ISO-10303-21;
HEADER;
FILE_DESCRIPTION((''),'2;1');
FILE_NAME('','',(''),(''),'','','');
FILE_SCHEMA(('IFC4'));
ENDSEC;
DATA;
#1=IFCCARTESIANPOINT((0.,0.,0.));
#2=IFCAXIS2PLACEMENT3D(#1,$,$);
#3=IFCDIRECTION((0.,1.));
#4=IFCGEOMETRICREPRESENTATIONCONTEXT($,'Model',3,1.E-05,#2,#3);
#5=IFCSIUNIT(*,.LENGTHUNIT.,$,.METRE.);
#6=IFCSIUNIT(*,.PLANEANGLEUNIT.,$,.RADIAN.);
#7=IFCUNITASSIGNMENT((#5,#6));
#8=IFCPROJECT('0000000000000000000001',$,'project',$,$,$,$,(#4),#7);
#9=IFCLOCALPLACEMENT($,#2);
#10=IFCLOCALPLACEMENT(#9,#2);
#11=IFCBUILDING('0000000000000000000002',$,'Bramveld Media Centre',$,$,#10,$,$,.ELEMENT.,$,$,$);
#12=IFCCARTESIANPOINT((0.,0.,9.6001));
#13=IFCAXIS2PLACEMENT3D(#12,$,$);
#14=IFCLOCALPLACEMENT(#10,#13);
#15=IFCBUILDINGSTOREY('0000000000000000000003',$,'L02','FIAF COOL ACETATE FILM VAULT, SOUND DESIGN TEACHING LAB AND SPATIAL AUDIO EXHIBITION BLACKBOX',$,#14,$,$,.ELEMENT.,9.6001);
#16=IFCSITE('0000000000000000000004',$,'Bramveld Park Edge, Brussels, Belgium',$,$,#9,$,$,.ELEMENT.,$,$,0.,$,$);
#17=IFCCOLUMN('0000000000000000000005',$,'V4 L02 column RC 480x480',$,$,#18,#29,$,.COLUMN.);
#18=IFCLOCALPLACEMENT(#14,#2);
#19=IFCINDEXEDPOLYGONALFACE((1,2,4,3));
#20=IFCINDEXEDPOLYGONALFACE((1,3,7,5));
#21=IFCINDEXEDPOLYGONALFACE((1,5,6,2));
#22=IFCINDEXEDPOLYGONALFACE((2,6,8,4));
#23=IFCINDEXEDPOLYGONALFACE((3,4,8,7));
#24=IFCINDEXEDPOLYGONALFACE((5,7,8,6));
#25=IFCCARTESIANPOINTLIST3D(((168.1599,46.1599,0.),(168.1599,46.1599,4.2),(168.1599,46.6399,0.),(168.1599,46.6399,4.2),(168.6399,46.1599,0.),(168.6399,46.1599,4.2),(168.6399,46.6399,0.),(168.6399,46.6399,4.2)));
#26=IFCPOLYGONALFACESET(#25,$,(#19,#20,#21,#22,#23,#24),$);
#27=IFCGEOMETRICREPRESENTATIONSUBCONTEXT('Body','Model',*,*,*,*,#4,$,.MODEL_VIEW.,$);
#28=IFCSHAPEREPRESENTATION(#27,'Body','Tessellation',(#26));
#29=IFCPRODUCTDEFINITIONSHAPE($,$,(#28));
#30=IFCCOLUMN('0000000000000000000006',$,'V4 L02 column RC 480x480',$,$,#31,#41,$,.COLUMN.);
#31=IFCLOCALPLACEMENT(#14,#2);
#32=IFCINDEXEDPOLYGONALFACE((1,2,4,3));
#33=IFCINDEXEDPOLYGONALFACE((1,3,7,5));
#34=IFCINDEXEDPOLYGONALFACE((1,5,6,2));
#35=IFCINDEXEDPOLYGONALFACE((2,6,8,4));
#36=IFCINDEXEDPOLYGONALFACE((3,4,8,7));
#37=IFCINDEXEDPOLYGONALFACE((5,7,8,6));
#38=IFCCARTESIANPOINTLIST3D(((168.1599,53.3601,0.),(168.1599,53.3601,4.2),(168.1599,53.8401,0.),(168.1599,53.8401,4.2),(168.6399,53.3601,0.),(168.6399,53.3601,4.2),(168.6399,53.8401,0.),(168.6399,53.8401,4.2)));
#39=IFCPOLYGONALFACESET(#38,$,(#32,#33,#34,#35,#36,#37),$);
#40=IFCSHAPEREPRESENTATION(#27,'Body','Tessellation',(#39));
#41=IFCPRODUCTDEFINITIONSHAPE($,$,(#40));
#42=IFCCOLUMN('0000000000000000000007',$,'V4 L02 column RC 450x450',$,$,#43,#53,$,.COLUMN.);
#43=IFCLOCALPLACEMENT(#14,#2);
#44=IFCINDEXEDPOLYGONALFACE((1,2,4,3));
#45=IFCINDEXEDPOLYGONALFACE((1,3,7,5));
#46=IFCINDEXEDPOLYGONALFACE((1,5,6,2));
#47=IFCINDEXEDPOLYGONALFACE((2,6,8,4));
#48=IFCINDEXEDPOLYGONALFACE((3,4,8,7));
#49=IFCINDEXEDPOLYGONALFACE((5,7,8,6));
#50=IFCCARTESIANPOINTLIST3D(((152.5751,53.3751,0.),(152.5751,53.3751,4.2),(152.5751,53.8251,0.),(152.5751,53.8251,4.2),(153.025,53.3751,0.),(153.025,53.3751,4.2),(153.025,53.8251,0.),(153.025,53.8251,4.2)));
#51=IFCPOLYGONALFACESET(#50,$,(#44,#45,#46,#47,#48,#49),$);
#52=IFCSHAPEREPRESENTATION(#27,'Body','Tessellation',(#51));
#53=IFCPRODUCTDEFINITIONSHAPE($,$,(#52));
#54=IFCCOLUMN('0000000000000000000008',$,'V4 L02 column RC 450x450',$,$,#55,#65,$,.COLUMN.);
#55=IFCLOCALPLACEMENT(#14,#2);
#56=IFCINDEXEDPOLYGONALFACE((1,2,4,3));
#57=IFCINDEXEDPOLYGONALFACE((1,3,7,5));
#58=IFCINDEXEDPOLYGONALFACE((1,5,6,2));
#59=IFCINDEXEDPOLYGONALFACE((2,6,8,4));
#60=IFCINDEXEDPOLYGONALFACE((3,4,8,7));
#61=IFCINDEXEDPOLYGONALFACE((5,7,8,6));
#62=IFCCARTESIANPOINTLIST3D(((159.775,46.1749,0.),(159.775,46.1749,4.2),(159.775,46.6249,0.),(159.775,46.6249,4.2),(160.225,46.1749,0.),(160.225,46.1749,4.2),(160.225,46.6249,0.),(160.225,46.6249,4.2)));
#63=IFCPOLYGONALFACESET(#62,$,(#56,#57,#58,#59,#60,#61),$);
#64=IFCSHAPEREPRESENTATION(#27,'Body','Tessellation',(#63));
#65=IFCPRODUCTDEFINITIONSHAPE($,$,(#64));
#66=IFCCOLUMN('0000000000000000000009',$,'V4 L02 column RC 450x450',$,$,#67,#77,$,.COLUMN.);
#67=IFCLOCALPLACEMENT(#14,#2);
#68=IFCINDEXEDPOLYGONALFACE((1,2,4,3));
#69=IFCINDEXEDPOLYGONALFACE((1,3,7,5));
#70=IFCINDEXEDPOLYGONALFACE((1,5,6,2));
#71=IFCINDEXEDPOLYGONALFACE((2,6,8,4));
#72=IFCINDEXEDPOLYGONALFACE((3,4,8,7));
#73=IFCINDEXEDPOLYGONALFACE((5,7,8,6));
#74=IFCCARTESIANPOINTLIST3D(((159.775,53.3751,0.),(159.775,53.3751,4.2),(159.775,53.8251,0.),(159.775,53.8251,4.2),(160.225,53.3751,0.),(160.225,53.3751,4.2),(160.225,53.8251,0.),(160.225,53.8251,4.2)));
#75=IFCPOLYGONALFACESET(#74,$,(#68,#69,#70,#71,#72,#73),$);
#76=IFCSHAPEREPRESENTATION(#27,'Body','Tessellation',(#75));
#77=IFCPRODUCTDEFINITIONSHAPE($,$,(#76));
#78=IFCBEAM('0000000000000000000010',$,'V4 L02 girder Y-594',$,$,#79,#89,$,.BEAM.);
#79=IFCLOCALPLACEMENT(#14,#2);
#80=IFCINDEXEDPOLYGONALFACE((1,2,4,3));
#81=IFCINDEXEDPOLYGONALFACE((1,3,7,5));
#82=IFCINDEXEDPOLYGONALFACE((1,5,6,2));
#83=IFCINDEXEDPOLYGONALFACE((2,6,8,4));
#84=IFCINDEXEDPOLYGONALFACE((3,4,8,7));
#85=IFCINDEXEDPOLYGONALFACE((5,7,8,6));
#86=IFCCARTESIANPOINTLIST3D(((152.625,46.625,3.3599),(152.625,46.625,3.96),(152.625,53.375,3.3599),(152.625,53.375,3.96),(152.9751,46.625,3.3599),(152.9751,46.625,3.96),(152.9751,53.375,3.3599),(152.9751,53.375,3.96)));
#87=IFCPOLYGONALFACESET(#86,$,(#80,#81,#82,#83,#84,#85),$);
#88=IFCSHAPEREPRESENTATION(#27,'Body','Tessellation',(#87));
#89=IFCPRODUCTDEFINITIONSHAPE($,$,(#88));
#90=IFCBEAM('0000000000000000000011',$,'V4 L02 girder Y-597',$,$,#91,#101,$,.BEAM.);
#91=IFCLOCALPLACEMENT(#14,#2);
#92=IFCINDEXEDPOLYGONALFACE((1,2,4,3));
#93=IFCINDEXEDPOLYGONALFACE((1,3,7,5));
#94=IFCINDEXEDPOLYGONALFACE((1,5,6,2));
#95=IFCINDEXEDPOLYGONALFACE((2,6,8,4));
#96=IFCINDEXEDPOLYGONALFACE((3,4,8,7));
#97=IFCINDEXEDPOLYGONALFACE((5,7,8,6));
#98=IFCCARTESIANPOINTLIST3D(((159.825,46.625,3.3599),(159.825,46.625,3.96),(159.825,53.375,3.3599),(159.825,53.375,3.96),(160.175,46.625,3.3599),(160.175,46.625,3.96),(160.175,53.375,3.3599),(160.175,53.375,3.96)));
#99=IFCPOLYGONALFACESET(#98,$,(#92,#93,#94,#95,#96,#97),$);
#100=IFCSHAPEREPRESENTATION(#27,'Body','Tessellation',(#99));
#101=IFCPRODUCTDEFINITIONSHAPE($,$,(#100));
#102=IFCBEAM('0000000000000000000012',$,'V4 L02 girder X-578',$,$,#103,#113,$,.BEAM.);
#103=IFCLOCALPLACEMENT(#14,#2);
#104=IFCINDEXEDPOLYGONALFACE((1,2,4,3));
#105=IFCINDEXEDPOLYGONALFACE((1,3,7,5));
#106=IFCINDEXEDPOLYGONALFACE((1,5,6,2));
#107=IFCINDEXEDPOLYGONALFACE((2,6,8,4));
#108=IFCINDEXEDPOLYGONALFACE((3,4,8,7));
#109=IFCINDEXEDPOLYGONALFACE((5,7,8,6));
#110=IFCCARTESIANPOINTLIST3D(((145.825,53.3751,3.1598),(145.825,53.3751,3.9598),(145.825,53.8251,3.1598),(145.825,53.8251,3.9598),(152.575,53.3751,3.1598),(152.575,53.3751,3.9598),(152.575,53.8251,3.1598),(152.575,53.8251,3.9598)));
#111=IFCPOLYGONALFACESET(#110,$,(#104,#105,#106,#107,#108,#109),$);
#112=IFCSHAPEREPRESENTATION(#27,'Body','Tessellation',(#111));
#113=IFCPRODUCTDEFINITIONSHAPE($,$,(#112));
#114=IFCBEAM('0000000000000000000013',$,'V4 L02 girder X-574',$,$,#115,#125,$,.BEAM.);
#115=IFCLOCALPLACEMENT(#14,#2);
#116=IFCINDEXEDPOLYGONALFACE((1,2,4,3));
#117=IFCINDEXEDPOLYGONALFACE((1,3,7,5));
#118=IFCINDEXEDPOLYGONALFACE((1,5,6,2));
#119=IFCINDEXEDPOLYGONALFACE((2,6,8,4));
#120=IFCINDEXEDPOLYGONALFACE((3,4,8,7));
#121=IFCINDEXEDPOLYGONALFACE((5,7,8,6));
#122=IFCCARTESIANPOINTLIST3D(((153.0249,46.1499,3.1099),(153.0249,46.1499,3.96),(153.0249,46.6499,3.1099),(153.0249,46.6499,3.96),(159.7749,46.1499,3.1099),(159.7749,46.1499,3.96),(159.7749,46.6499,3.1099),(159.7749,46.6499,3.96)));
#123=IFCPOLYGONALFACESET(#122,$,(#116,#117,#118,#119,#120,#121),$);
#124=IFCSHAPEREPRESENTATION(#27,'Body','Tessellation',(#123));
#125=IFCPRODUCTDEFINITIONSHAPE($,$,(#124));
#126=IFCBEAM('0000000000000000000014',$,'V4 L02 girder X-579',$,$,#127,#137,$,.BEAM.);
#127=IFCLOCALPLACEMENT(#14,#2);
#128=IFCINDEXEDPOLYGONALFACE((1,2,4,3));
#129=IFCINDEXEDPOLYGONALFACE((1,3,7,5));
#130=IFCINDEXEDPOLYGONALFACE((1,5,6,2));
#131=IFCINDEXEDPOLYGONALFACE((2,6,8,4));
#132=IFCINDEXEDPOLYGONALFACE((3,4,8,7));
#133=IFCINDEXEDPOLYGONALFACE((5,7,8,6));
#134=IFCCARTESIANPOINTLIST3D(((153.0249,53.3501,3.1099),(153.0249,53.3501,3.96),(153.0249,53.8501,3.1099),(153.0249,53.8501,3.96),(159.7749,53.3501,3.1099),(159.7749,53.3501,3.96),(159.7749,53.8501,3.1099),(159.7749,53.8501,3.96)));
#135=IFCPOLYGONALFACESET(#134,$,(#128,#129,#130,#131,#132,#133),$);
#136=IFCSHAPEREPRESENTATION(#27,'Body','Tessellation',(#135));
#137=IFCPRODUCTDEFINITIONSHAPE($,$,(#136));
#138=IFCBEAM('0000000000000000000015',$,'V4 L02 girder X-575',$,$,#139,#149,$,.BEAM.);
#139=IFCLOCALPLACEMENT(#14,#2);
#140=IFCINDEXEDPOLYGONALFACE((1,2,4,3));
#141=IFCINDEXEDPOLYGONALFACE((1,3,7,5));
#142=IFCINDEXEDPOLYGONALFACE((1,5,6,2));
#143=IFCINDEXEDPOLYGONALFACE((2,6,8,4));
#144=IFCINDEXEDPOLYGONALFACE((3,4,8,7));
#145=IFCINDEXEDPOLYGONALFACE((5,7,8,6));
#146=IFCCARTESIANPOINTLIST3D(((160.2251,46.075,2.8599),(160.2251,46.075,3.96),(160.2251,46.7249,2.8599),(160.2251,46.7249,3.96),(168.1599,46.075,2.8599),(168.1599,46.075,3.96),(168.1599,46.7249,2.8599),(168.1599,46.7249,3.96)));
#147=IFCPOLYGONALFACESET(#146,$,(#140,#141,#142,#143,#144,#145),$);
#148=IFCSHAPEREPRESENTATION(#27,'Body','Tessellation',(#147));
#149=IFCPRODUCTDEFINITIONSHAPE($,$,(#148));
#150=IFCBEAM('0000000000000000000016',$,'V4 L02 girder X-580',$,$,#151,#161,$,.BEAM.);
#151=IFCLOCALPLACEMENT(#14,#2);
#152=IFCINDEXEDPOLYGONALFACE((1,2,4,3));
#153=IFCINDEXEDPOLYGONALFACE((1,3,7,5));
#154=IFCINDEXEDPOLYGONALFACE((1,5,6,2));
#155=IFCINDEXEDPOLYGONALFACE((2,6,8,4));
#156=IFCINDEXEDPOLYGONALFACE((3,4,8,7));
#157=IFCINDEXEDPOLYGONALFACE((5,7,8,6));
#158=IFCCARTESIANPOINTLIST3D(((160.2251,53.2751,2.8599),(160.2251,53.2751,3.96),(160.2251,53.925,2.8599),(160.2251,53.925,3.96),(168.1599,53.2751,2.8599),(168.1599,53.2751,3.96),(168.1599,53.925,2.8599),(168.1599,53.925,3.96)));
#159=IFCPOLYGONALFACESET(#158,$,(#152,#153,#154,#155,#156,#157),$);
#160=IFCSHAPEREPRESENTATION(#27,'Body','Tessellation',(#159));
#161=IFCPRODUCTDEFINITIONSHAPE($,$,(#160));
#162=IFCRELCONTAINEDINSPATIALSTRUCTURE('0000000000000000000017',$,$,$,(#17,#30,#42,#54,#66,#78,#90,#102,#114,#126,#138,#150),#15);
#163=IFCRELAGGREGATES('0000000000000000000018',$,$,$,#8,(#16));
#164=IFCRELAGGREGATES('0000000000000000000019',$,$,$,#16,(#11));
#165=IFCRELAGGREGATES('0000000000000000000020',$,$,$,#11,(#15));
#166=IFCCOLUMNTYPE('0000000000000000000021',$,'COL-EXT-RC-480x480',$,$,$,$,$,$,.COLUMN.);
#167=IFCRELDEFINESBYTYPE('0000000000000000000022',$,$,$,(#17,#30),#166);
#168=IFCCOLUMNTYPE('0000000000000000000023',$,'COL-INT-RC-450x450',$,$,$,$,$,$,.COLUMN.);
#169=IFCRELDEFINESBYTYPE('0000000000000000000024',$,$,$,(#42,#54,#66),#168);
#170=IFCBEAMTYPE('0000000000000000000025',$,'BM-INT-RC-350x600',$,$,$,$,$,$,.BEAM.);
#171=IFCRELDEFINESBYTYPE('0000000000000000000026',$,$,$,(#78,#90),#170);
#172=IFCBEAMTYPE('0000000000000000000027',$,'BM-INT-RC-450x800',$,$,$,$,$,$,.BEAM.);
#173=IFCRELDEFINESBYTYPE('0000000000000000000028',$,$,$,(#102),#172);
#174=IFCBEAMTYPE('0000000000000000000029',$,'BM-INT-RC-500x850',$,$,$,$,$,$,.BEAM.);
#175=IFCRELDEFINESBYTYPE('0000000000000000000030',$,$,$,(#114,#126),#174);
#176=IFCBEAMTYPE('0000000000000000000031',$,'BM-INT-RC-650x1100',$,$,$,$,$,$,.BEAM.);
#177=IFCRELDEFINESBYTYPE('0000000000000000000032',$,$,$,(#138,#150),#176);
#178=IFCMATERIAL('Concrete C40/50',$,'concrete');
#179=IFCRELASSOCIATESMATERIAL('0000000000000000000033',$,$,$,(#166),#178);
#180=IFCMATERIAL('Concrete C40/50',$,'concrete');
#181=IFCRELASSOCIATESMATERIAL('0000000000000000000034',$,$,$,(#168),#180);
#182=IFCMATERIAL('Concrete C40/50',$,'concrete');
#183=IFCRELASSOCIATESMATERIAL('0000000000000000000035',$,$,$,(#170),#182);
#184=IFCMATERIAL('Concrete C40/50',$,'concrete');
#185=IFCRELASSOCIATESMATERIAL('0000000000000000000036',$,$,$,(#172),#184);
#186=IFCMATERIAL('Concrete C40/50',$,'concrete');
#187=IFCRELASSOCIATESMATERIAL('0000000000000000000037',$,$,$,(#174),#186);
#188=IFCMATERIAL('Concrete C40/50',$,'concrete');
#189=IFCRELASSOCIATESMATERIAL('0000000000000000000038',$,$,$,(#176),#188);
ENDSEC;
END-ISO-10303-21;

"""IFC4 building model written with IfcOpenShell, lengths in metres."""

from ifc_helpers import new_model, si_unit, direction, frame, origin, origin_2d, place, context, subcontext, project, spatial, rectangle, extrude, material, material_profile, profile_set, type_object, element, save


model = new_model("IFC4")

# Units and contexts
model_context = context("Model", 3, precision=1e-05, world=origin(), true_north=direction((0.0, 1.0)))
body_context = subcontext(model_context, "Body", "Model", "MODEL_VIEW")
ifc_project = project(units=[si_unit("LENGTHUNIT", "METRE"), si_unit("PLANEANGLEUNIT", "RADIAN")], contexts=[model_context])

# Site, building, storey
site_placement = place(None, origin())
site = spatial("IfcSite", under=ifc_project, at=site_placement, Name="Bramveld Park Edge, Brussels, Belgium", CompositionType="ELEMENT", RefElevation=0.0)
building_placement = place(site_placement, origin())
building = spatial("IfcBuilding", under=site, at=building_placement, Name="Bramveld Media Centre", CompositionType="ELEMENT")
storey_placement = place(building_placement, frame((0.0, 0.0, 9.6001)))
storey = spatial("IfcBuildingStorey", under=building, at=storey_placement, Name="L02", Description="FIAF COOL ACETATE FILM VAULT, SOUND DESIGN TEACHING LAB AND SPATIAL AUDIO EXHIBITION BLACKBOX", CompositionType="ELEMENT", Elevation=9.6001)

# Columns
ifc_material_1 = material(Name="Concrete C40/50", Category="concrete")
ifc_material_profile_1 = material_profile(ifc_material_1, rectangle(XDim=0.48, YDim=0.48, at=origin_2d()), Name="RC 480x480")
ifc_profile_set_1 = profile_set([ifc_material_profile_1], Name="Concrete C40/50")
column_type_1 = type_object("IfcColumnType", Name="COL-EXT-RC-480x480", PredefinedType="COLUMN", material=ifc_profile_set_1)
for number, where, z_axis, x_axis, name in (
    (1, (168.3999, 46.3999, 0.0), (0.0, 0.0, 1.0), (1.0, 0.0, 0.0), "V4 L02 column RC 480x480"),
    (2, (168.3999, 53.6001, 0.0), (0.0, 0.0, 1.0), (1.0, 0.0, 0.0), "V4 L02 column RC 480x480"),
):
    element("IfcColumn", number, at=place(storey_placement, frame(where, z_axis=z_axis, x_axis=x_axis)), inside=storey, type_object=column_type_1, Name=name, PredefinedType="COLUMN", context=body_context, shape_type="SweptSolid", body=[
        extrude(rectangle(XDim=0.48, YDim=0.48, at=origin_2d()), origin(), (0.0, 0.0, 1.0), 4.2),
    ])
ifc_material_2 = material(Name="Concrete C40/50", Category="concrete")
ifc_material_profile_2 = material_profile(ifc_material_2, rectangle(XDim=0.45, YDim=0.45, at=origin_2d()), Name="RC 450x450")
ifc_profile_set_2 = profile_set([ifc_material_profile_2], Name="Concrete C40/50")
column_type_2 = type_object("IfcColumnType", Name="COL-INT-RC-450x450", PredefinedType="COLUMN", material=ifc_profile_set_2)
for number, where, z_axis, x_axis, name in (
    (3, (152.8, 53.6001, 0.0), (0.0, 0.0, 1.0), (1.0, 0.0, 0.0), "V4 L02 column RC 450x450"),
    (4, (160.0, 46.3999, 0.0), (0.0, 0.0, 1.0), (1.0, 0.0, 0.0), "V4 L02 column RC 450x450"),
    (5, (160.0, 53.6001, 0.0), (0.0, 0.0, 1.0), (1.0, 0.0, 0.0), "V4 L02 column RC 450x450"),
):
    element("IfcColumn", number, at=place(storey_placement, frame(where, z_axis=z_axis, x_axis=x_axis)), inside=storey, type_object=column_type_2, Name=name, PredefinedType="COLUMN", context=body_context, shape_type="SweptSolid", body=[
        extrude(rectangle(XDim=0.45, YDim=0.45, at=origin_2d()), origin(), (0.0, 0.0, 1.0), 4.2),
    ])

# Beams
ifc_material_3 = material(Name="Concrete C40/50", Category="concrete")
ifc_material_profile_3 = material_profile(ifc_material_3, rectangle(XDim=0.3501, YDim=0.6001, at=origin_2d()), Name="RC 350x600")
ifc_profile_set_3 = profile_set([ifc_material_profile_3], Name="Concrete C40/50")
beam_type_1 = type_object("IfcBeamType", Name="BM-INT-RC-350x600", PredefinedType="BEAM", material=ifc_profile_set_3)
for number, where, z_axis, x_axis, name in (
    (6, (152.8, 46.625, 3.6599), (0.0, 1.0, 0.0), (-1.0, 0.0, 0.0), "V4 L02 girder Y-594"),
    (7, (160.0, 46.625, 3.6599), (0.0, 1.0, 0.0), (-1.0, 0.0, 0.0), "V4 L02 girder Y-597"),
):
    element("IfcBeam", number, at=place(storey_placement, frame(where, z_axis=z_axis, x_axis=x_axis)), inside=storey, type_object=beam_type_1, Name=name, PredefinedType="BEAM", context=body_context, shape_type="SweptSolid", body=[
        extrude(rectangle(XDim=0.3501, YDim=0.6001, at=origin_2d()), origin(), (0.0, 0.0, 1.0), 6.75),
    ])
ifc_material_4 = material(Name="Concrete C40/50", Category="concrete")
ifc_material_profile_4 = material_profile(ifc_material_4, rectangle(XDim=0.45, YDim=0.8, at=origin_2d()), Name="RC 450x800")
ifc_profile_set_4 = profile_set([ifc_material_profile_4], Name="Concrete C40/50")
beam_type_2 = type_object("IfcBeamType", Name="BM-INT-RC-450x800", PredefinedType="BEAM", material=ifc_profile_set_4)
beam_1_placement = place(storey_placement, frame((145.825, 53.6001, 3.5598), z_axis=(1.0, 0.0, 0.0), x_axis=(0.0, 1.0, 0.0)))
element("IfcBeam", 8, at=beam_1_placement, inside=storey, type_object=beam_type_2, Name="V4 L02 girder X-578", PredefinedType="BEAM", context=body_context, shape_type="SweptSolid", body=[
    extrude(rectangle(XDim=0.45, YDim=0.8, at=origin_2d()), origin(), (0.0, 0.0, 1.0), 6.75),
])
ifc_material_5 = material(Name="Concrete C40/50", Category="concrete")
ifc_material_profile_5 = material_profile(ifc_material_5, rectangle(XDim=0.5, YDim=0.8501, at=origin_2d()), Name="RC 500x850")
ifc_profile_set_5 = profile_set([ifc_material_profile_5], Name="Concrete C40/50")
beam_type_3 = type_object("IfcBeamType", Name="BM-INT-RC-500x850", PredefinedType="BEAM", material=ifc_profile_set_5)
for number, where, z_axis, x_axis, name in (
    (9, (153.0249, 46.3999, 3.5349), (1.0, 0.0, 0.0), (0.0, 1.0, 0.0), "V4 L02 girder X-574"),
    (10, (153.0249, 53.6001, 3.5349), (1.0, 0.0, 0.0), (0.0, 1.0, 0.0), "V4 L02 girder X-579"),
):
    element("IfcBeam", number, at=place(storey_placement, frame(where, z_axis=z_axis, x_axis=x_axis)), inside=storey, type_object=beam_type_3, Name=name, PredefinedType="BEAM", context=body_context, shape_type="SweptSolid", body=[
        extrude(rectangle(XDim=0.5, YDim=0.8501, at=origin_2d()), origin(), (0.0, 0.0, 1.0), 6.75),
    ])
ifc_material_6 = material(Name="Concrete C40/50", Category="concrete")
ifc_material_profile_6 = material_profile(ifc_material_6, rectangle(XDim=0.6499, YDim=1.1001, at=origin_2d()), Name="RC 650x1100")
ifc_profile_set_6 = profile_set([ifc_material_profile_6], Name="Concrete C40/50")
beam_type_4 = type_object("IfcBeamType", Name="BM-INT-RC-650x1100", PredefinedType="BEAM", material=ifc_profile_set_6)
for number, where, z_axis, x_axis, name in (
    (11, (160.2251, 46.3999, 3.4099), (1.0, 0.0, 0.0), (0.0, 1.0, 0.0), "V4 L02 girder X-575"),
    (12, (160.2251, 53.6001, 3.4099), (1.0, 0.0, 0.0), (0.0, 1.0, 0.0), "V4 L02 girder X-580"),
):
    element("IfcBeam", number, at=place(storey_placement, frame(where, z_axis=z_axis, x_axis=x_axis)), inside=storey, type_object=beam_type_4, Name=name, PredefinedType="BEAM", context=body_context, shape_type="SweptSolid", body=[
        extrude(rectangle(XDim=0.6499, YDim=1.1001, at=origin_2d()), origin(), (0.0, 0.0, 1.0), 7.9348),
    ])

save(model, "model.ifc")
